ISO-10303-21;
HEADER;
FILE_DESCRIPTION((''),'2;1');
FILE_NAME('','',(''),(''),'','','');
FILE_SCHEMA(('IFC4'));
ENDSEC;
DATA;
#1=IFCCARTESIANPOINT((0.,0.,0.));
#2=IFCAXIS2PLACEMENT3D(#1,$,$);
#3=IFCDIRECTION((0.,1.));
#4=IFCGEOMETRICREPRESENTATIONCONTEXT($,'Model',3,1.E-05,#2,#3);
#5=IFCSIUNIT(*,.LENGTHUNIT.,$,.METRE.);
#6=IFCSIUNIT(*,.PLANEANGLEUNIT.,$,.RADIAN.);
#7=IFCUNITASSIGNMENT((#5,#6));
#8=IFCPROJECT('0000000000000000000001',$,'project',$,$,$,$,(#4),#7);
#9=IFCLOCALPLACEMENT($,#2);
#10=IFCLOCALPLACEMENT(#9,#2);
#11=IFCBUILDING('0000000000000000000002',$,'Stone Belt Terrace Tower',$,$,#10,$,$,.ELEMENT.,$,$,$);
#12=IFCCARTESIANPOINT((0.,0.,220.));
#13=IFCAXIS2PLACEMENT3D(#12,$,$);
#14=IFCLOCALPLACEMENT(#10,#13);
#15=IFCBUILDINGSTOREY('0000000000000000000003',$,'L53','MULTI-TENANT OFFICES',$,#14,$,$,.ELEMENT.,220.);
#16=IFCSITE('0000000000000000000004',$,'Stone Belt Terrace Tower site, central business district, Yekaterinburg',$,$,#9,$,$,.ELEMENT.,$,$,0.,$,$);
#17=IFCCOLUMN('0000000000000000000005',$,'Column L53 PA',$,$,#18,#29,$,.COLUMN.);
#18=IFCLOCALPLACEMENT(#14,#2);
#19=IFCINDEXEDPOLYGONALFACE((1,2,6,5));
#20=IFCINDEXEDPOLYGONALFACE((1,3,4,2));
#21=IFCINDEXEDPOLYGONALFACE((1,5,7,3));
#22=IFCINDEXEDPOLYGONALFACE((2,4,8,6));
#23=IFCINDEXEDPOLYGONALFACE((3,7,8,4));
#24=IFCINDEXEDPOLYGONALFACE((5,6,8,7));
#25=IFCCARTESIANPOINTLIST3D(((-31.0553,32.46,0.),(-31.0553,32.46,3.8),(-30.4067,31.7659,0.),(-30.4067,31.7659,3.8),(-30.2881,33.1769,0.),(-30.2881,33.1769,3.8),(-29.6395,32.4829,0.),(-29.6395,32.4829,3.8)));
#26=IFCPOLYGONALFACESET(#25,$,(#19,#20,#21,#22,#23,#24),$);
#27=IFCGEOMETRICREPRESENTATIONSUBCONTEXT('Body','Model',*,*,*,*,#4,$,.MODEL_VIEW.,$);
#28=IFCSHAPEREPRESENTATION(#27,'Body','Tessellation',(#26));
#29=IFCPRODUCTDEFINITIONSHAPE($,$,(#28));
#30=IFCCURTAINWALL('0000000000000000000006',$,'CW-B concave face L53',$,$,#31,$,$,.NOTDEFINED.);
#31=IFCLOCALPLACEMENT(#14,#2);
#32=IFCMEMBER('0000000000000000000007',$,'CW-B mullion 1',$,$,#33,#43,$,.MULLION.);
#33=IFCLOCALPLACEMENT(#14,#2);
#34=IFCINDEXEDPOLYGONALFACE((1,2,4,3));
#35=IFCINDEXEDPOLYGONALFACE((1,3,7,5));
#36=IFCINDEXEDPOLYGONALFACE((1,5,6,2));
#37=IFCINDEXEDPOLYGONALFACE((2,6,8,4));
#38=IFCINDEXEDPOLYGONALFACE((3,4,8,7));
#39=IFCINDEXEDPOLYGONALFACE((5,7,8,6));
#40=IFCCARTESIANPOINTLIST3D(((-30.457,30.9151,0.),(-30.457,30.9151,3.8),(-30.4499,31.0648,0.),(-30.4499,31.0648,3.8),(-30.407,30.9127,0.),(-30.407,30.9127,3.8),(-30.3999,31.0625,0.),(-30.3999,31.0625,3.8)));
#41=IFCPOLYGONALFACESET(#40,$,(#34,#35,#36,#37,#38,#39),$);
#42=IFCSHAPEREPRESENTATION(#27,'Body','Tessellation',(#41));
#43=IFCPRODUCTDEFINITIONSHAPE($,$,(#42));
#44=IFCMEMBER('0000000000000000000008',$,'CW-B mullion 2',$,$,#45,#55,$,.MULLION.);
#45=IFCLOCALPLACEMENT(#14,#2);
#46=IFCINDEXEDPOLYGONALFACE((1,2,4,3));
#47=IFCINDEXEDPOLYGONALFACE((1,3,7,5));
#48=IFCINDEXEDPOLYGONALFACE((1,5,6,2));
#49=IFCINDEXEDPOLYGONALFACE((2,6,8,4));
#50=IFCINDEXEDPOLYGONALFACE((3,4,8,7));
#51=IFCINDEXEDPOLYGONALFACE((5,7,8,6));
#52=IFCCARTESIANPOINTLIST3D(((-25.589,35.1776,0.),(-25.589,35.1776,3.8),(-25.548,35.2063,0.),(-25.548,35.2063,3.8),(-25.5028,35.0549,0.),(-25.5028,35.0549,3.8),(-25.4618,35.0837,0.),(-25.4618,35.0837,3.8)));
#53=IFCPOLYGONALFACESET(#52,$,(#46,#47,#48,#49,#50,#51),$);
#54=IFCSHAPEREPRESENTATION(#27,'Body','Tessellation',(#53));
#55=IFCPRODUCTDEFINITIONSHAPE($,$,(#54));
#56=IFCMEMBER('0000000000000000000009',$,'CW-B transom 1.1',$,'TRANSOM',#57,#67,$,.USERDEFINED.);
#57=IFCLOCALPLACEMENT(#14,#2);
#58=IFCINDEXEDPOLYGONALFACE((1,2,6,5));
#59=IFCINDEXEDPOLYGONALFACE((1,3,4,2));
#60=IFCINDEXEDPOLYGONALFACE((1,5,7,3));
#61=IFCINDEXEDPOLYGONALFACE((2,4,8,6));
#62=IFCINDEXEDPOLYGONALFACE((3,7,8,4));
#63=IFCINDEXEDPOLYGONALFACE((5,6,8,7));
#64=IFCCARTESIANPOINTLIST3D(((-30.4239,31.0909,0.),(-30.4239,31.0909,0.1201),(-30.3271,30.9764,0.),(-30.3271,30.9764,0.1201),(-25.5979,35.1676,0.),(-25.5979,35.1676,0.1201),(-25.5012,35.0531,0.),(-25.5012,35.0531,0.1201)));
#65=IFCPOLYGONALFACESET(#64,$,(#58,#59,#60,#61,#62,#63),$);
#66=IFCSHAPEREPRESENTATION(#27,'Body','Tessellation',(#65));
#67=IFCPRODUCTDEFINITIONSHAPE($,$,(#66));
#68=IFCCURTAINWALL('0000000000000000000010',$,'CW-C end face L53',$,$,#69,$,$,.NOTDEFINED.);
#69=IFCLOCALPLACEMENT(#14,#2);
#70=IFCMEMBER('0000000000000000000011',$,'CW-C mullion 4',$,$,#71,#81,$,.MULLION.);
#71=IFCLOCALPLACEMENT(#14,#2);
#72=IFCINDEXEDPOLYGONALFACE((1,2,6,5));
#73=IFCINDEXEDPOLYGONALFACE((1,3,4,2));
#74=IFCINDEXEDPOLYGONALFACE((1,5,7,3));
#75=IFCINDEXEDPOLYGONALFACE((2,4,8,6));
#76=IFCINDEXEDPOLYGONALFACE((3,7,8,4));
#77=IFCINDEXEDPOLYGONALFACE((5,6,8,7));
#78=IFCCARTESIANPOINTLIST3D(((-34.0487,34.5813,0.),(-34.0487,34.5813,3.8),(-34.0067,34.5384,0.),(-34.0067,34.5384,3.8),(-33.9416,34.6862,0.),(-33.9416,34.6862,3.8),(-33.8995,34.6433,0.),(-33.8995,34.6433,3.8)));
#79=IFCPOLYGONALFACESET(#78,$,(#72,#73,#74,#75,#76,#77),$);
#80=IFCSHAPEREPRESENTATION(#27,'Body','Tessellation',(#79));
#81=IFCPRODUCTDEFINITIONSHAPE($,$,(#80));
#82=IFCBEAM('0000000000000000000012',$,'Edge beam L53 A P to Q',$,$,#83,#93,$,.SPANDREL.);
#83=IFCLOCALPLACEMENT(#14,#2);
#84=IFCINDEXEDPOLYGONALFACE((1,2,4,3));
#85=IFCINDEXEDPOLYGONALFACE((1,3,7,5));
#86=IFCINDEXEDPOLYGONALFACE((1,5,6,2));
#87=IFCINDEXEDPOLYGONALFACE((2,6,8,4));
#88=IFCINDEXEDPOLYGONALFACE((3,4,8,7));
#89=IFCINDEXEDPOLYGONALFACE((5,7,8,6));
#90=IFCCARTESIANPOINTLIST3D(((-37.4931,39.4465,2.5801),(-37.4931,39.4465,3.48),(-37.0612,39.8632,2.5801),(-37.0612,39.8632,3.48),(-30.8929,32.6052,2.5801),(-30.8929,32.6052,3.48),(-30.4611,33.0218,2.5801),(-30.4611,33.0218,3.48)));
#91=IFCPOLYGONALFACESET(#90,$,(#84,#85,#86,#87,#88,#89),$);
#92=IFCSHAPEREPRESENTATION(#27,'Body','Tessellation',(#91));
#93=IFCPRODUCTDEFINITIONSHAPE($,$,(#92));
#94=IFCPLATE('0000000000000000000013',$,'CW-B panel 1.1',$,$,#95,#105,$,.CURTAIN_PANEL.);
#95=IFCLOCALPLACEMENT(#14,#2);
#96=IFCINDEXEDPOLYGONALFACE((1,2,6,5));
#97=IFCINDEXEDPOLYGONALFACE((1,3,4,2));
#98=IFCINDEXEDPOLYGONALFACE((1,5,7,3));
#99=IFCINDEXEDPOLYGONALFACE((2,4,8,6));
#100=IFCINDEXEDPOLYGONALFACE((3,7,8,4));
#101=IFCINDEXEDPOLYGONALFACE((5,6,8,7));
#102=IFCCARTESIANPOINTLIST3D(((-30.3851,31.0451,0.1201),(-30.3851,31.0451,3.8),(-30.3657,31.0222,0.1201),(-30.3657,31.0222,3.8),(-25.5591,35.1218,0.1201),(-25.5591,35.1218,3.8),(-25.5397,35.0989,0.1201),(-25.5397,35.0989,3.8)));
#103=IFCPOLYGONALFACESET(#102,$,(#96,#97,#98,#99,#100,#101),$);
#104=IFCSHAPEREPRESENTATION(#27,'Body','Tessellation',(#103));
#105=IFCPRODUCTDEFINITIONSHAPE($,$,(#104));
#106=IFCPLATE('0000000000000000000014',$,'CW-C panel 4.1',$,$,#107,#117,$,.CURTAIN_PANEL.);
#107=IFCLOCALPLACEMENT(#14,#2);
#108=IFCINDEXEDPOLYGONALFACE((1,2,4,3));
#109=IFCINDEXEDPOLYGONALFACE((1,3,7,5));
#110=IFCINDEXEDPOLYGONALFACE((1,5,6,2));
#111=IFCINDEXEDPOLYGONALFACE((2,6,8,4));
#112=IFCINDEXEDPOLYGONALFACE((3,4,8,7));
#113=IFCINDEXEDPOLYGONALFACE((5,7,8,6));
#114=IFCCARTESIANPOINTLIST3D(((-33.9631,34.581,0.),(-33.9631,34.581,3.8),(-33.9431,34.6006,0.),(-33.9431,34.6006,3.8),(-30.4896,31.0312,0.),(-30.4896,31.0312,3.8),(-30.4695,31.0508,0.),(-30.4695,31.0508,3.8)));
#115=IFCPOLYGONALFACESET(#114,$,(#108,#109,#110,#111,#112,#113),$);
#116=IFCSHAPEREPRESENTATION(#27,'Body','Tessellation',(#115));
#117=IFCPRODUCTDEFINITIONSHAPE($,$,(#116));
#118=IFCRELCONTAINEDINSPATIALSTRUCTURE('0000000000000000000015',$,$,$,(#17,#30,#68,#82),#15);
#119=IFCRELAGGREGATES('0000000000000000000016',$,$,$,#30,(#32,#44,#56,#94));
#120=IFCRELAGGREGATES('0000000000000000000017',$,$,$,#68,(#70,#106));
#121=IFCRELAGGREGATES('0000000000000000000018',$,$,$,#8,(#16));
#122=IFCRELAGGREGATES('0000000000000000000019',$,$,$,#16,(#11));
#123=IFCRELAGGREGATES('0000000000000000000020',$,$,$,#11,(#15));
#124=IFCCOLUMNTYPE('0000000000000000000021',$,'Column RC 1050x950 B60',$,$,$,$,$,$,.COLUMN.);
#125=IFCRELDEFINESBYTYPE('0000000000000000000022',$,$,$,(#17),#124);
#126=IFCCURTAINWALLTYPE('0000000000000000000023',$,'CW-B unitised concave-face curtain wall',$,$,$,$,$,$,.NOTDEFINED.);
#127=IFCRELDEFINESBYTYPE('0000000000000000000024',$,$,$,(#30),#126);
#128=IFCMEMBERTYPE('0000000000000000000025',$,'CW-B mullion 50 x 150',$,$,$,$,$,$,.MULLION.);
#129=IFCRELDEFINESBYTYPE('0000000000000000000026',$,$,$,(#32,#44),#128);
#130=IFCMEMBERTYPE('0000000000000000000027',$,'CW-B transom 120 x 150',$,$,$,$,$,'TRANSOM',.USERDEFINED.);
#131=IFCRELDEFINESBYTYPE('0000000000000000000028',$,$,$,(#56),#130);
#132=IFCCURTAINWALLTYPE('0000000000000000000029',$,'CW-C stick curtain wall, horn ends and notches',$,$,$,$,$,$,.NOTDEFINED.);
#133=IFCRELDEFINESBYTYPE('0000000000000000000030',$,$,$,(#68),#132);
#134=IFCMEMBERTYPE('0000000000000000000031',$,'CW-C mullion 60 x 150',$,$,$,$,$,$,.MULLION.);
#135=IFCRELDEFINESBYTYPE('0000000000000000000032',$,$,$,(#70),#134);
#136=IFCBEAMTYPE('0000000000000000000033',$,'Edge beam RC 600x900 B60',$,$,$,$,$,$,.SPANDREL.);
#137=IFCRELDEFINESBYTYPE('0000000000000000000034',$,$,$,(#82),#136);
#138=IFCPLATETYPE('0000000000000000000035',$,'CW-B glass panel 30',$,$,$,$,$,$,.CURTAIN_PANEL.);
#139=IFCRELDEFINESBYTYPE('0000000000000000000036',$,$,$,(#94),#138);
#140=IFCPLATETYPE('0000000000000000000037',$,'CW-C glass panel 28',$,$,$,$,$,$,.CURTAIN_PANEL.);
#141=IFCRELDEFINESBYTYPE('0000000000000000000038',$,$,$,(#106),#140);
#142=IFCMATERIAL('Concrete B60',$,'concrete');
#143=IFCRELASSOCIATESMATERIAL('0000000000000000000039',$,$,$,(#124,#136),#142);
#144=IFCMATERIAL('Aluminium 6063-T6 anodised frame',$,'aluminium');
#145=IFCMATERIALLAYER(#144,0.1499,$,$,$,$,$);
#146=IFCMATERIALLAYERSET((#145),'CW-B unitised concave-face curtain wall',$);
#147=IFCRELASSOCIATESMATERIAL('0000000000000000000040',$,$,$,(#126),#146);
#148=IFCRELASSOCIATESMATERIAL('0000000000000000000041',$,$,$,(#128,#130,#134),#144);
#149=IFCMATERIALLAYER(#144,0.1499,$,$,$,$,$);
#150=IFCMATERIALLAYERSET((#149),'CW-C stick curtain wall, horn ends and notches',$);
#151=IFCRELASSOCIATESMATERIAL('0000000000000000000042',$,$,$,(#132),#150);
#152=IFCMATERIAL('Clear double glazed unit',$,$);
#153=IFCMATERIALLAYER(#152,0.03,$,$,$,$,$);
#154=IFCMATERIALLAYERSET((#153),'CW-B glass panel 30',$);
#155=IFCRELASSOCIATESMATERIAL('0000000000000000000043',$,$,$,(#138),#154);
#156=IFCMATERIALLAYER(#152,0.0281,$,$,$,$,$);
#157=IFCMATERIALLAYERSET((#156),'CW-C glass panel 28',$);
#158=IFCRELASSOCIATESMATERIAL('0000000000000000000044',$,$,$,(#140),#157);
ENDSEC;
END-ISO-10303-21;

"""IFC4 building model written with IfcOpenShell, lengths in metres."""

from ifc_helpers import new_model, si_unit, direction, frame, origin, origin_2d, place, context, subcontext, project, spatial, rectangle, extrude, material, layer, layer_set, material_profile, profile_set, type_object, element, aggregate, save


model = new_model("IFC4")

# Units and contexts
model_context = context("Model", 3, precision=1e-05, world=origin(), true_north=direction((0.0, 1.0)))
body_context = subcontext(model_context, "Body", "Model", "MODEL_VIEW")
ifc_project = project(units=[si_unit("LENGTHUNIT", "METRE"), si_unit("PLANEANGLEUNIT", "RADIAN")], contexts=[model_context])

# Site, building, storey
site_placement = place(None, origin())
site = spatial("IfcSite", under=ifc_project, at=site_placement, Name="Stone Belt Terrace Tower site, central business district, Yekaterinburg", CompositionType="ELEMENT", RefElevation=0.0)
building_placement = place(site_placement, origin())
building = spatial("IfcBuilding", under=site, at=building_placement, Name="Stone Belt Terrace Tower", CompositionType="ELEMENT")
storey_placement = place(building_placement, frame((0.0, 0.0, 220.0)))
storey = spatial("IfcBuildingStorey", under=building, at=storey_placement, Name="L53", Description="MULTI-TENANT OFFICES", CompositionType="ELEMENT", Elevation=220.0)

# Column
ifc_material_1 = material(Name="Concrete B60", Category="concrete")
ifc_material_profile_1 = material_profile(ifc_material_1, rectangle(XDim=1.05, YDim=0.95, at=origin_2d()), Name="RC 1050x950")
ifc_profile_set_1 = profile_set([ifc_material_profile_1], Name="Concrete B60")
column_type = type_object("IfcColumnType", Name="Column RC 1050x950 B60", PredefinedType="COLUMN", material=ifc_profile_set_1)
column_placement = place(storey_placement, frame((-30.3474, 32.4714, 0.0), z_axis=(0.0, 0.0, 1.0), x_axis=(0.7306, 0.682806, 0.0)))
element("IfcColumn", 1, at=column_placement, inside=storey, type_object=column_type, Name="Column L53 PA", PredefinedType="COLUMN", context=body_context, shape_type="SweptSolid", body=[
    extrude(rectangle(XDim=1.05, YDim=0.95, at=origin_2d()), origin(), (0.0, 0.0, 1.0), 3.8),
])

# Curtain wall, members
ifc_material_2 = material(Name="Aluminium 6063-T6 anodised frame", Category="aluminium")
ifc_layer_1 = layer(ifc_material_2, 0.1499)
ifc_layer_set_1 = layer_set([ifc_layer_1], Name="CW-B unitised concave-face curtain wall")
curtain_wall_type_1 = type_object("IfcCurtainWallType", Name="CW-B unitised concave-face curtain wall", PredefinedType="NOTDEFINED", material=ifc_layer_set_1)
curtain_wall_1_placement = place(storey_placement, origin())
curtain_wall_1 = element("IfcCurtainWall", 2, at=curtain_wall_1_placement, inside=storey, type_object=curtain_wall_type_1, Name="CW-B concave face L53", PredefinedType="NOTDEFINED")
ifc_material_profile_2 = material_profile(ifc_material_2, rectangle(XDim=0.1499, YDim=0.05, at=origin_2d()), Name="Aluminium 6063-T6 50x150")
ifc_profile_set_2 = profile_set([ifc_material_profile_2], Name="Aluminium 6063-T6 anodised frame")
member_type_1 = type_object("IfcMemberType", Name="CW-B mullion 50 x 150", PredefinedType="MULLION", material=ifc_profile_set_2)
member_1_placement = place(storey_placement, frame((-30.4285, 30.9888, 0.0), z_axis=(0.0, 0.0, 1.0), x_axis=(0.047392, 0.998876, 0.0)))
member_1 = element("IfcMember", 3, at=member_1_placement, type_object=member_type_1, Name="CW-B mullion 1", PredefinedType="MULLION", context=body_context, shape_type="SweptSolid", body=[
    extrude(rectangle(XDim=0.1499, YDim=0.05, at=origin_2d()), origin(), (0.0, 0.0, 1.0), 3.8),
])
member_2_placement = place(storey_placement, frame((-25.5254, 35.1306, 0.0), z_axis=(0.0, 0.0, 1.0), x_axis=(-0.574927, 0.818204, 0.0)))
member_2 = element("IfcMember", 4, at=member_2_placement, type_object=member_type_1, Name="CW-B mullion 2", PredefinedType="MULLION", context=body_context, shape_type="SweptSolid", body=[
    extrude(rectangle(XDim=0.1499, YDim=0.05, at=origin_2d()), origin(), (0.0, 0.0, 1.0), 3.8),
])
ifc_material_profile_3 = material_profile(ifc_material_2, rectangle(XDim=0.1499, YDim=0.1201, at=origin_2d()), Name="Aluminium 6063-T6 150x120")
ifc_profile_set_3 = profile_set([ifc_material_profile_3], Name="Aluminium 6063-T6 anodised frame")
member_type_2 = type_object("IfcMemberType", Name="CW-B transom 120 x 150", ElementType="TRANSOM", PredefinedType="USERDEFINED", material=ifc_profile_set_3)
member_3_placement = place(storey_placement, frame((-30.3755, 31.0337, 0.0601), z_axis=(0.763918, 0.645313, 0.0), x_axis=(-0.645313, 0.763918, 0.0)))
member_3 = element("IfcMember", 5, at=member_3_placement, type_object=member_type_2, Name="CW-B transom 1.1", ObjectType="TRANSOM", PredefinedType="USERDEFINED", context=body_context, shape_type="SweptSolid", body=[
    extrude(rectangle(XDim=0.1499, YDim=0.1201, at=origin_2d()), origin(), (0.0, 0.0, 1.0), 6.3174),
])

# Curtain wall, member
ifc_layer_2 = layer(ifc_material_2, 0.1499)
ifc_layer_set_2 = layer_set([ifc_layer_2], Name="CW-C stick curtain wall, horn ends and notches")
curtain_wall_type_2 = type_object("IfcCurtainWallType", Name="CW-C stick curtain wall, horn ends and notches", PredefinedType="NOTDEFINED", material=ifc_layer_set_2)
curtain_wall_2_placement = place(storey_placement, origin())
curtain_wall_2 = element("IfcCurtainWall", 6, at=curtain_wall_2_placement, inside=storey, type_object=curtain_wall_type_2, Name="CW-C end face L53", PredefinedType="NOTDEFINED")
ifc_material_profile_4 = material_profile(ifc_material_2, rectangle(XDim=0.1499, YDim=0.0601, at=origin_2d()), Name="Aluminium 6063-T6 60x150")
ifc_profile_set_4 = profile_set([ifc_material_profile_4], Name="Aluminium 6063-T6 anodised frame")
member_type_3 = type_object("IfcMemberType", Name="CW-C mullion 60 x 150", PredefinedType="MULLION", material=ifc_profile_set_4)
member_4_placement = place(storey_placement, frame((-33.9741, 34.6123, 0.0), z_axis=(0.0, 0.0, 1.0), x_axis=(0.714739, 0.699391, 0.0)))
member_4 = element("IfcMember", 7, at=member_4_placement, type_object=member_type_3, Name="CW-C mullion 4", PredefinedType="MULLION", context=body_context, shape_type="SweptSolid", body=[
    extrude(rectangle(XDim=0.1499, YDim=0.0601, at=origin_2d()), origin(), (0.0, 0.0, 1.0), 3.8),
])

# Beam
ifc_material_profile_5 = material_profile(ifc_material_1, rectangle(XDim=0.6001, YDim=0.8999, at=origin_2d()), Name="RC 600x900")
ifc_profile_set_5 = profile_set([ifc_material_profile_5], Name="Concrete B60")
beam_type = type_object("IfcBeamType", Name="Edge beam RC 600x900 B60", PredefinedType="SPANDREL", material=ifc_profile_set_5)
beam_placement = place(storey_placement, frame((-30.677, 32.8135, 3.03), z_axis=(-0.694306, 0.71968, 0.0), x_axis=(-0.71968, -0.694306, 0.0)))
element("IfcBeam", 8, at=beam_placement, inside=storey, type_object=beam_type, Name="Edge beam L53 A P to Q", PredefinedType="SPANDREL", context=body_context, shape_type="SweptSolid", body=[
    extrude(rectangle(XDim=0.6001, YDim=0.8999, at=origin_2d()), origin(), (0.0, 0.0, 1.0), 9.5061),
])

# Plates
ifc_material_3 = material(Name="Clear double glazed unit")
ifc_layer_3 = layer(ifc_material_3, 0.03)
ifc_layer_set_3 = layer_set([ifc_layer_3], Name="CW-B glass panel 30")
plate_type_1 = type_object("IfcPlateType", Name="CW-B glass panel 30", PredefinedType="CURTAIN_PANEL", material=ifc_layer_set_3)
plate_1_placement = place(storey_placement, frame((-27.9624, 33.072, 0.1201), z_axis=(0.0, 0.0, 1.0), x_axis=(0.763919, 0.645312, 0.0)))
plate_1 = element("IfcPlate", 9, at=plate_1_placement, type_object=plate_type_1, Name="CW-B panel 1.1", PredefinedType="CURTAIN_PANEL", context=body_context, shape_type="SweptSolid", body=[
    extrude(rectangle(XDim=6.3174, YDim=0.03, at=origin_2d()), origin(), (0.0, 0.0, 1.0), 3.6799),
])
aggregate(curtain_wall_1, [member_1, member_2, member_3, plate_1])
ifc_layer_4 = layer(ifc_material_3, 0.0281)
ifc_layer_set_4 = layer_set([ifc_layer_4], Name="CW-C glass panel 28")
plate_type_2 = type_object("IfcPlateType", Name="CW-C glass panel 28", PredefinedType="CURTAIN_PANEL", material=ifc_layer_set_4)
plate_2_placement = place(storey_placement, frame((-32.2163, 32.8159, 0.0), z_axis=(0.0, 0.0, 1.0), x_axis=(0.699391, -0.714739, 0.0)))
plate_2 = element("IfcPlate", 10, at=plate_2_placement, type_object=plate_type_2, Name="CW-C panel 4.1", PredefinedType="CURTAIN_PANEL", context=body_context, shape_type="SweptSolid", body=[
    extrude(rectangle(XDim=4.9666, YDim=0.0281, at=origin_2d()), origin(), (0.0, 0.0, 1.0), 3.8),
])
aggregate(curtain_wall_2, [member_4, plate_2])

save(model, "model.ifc")
